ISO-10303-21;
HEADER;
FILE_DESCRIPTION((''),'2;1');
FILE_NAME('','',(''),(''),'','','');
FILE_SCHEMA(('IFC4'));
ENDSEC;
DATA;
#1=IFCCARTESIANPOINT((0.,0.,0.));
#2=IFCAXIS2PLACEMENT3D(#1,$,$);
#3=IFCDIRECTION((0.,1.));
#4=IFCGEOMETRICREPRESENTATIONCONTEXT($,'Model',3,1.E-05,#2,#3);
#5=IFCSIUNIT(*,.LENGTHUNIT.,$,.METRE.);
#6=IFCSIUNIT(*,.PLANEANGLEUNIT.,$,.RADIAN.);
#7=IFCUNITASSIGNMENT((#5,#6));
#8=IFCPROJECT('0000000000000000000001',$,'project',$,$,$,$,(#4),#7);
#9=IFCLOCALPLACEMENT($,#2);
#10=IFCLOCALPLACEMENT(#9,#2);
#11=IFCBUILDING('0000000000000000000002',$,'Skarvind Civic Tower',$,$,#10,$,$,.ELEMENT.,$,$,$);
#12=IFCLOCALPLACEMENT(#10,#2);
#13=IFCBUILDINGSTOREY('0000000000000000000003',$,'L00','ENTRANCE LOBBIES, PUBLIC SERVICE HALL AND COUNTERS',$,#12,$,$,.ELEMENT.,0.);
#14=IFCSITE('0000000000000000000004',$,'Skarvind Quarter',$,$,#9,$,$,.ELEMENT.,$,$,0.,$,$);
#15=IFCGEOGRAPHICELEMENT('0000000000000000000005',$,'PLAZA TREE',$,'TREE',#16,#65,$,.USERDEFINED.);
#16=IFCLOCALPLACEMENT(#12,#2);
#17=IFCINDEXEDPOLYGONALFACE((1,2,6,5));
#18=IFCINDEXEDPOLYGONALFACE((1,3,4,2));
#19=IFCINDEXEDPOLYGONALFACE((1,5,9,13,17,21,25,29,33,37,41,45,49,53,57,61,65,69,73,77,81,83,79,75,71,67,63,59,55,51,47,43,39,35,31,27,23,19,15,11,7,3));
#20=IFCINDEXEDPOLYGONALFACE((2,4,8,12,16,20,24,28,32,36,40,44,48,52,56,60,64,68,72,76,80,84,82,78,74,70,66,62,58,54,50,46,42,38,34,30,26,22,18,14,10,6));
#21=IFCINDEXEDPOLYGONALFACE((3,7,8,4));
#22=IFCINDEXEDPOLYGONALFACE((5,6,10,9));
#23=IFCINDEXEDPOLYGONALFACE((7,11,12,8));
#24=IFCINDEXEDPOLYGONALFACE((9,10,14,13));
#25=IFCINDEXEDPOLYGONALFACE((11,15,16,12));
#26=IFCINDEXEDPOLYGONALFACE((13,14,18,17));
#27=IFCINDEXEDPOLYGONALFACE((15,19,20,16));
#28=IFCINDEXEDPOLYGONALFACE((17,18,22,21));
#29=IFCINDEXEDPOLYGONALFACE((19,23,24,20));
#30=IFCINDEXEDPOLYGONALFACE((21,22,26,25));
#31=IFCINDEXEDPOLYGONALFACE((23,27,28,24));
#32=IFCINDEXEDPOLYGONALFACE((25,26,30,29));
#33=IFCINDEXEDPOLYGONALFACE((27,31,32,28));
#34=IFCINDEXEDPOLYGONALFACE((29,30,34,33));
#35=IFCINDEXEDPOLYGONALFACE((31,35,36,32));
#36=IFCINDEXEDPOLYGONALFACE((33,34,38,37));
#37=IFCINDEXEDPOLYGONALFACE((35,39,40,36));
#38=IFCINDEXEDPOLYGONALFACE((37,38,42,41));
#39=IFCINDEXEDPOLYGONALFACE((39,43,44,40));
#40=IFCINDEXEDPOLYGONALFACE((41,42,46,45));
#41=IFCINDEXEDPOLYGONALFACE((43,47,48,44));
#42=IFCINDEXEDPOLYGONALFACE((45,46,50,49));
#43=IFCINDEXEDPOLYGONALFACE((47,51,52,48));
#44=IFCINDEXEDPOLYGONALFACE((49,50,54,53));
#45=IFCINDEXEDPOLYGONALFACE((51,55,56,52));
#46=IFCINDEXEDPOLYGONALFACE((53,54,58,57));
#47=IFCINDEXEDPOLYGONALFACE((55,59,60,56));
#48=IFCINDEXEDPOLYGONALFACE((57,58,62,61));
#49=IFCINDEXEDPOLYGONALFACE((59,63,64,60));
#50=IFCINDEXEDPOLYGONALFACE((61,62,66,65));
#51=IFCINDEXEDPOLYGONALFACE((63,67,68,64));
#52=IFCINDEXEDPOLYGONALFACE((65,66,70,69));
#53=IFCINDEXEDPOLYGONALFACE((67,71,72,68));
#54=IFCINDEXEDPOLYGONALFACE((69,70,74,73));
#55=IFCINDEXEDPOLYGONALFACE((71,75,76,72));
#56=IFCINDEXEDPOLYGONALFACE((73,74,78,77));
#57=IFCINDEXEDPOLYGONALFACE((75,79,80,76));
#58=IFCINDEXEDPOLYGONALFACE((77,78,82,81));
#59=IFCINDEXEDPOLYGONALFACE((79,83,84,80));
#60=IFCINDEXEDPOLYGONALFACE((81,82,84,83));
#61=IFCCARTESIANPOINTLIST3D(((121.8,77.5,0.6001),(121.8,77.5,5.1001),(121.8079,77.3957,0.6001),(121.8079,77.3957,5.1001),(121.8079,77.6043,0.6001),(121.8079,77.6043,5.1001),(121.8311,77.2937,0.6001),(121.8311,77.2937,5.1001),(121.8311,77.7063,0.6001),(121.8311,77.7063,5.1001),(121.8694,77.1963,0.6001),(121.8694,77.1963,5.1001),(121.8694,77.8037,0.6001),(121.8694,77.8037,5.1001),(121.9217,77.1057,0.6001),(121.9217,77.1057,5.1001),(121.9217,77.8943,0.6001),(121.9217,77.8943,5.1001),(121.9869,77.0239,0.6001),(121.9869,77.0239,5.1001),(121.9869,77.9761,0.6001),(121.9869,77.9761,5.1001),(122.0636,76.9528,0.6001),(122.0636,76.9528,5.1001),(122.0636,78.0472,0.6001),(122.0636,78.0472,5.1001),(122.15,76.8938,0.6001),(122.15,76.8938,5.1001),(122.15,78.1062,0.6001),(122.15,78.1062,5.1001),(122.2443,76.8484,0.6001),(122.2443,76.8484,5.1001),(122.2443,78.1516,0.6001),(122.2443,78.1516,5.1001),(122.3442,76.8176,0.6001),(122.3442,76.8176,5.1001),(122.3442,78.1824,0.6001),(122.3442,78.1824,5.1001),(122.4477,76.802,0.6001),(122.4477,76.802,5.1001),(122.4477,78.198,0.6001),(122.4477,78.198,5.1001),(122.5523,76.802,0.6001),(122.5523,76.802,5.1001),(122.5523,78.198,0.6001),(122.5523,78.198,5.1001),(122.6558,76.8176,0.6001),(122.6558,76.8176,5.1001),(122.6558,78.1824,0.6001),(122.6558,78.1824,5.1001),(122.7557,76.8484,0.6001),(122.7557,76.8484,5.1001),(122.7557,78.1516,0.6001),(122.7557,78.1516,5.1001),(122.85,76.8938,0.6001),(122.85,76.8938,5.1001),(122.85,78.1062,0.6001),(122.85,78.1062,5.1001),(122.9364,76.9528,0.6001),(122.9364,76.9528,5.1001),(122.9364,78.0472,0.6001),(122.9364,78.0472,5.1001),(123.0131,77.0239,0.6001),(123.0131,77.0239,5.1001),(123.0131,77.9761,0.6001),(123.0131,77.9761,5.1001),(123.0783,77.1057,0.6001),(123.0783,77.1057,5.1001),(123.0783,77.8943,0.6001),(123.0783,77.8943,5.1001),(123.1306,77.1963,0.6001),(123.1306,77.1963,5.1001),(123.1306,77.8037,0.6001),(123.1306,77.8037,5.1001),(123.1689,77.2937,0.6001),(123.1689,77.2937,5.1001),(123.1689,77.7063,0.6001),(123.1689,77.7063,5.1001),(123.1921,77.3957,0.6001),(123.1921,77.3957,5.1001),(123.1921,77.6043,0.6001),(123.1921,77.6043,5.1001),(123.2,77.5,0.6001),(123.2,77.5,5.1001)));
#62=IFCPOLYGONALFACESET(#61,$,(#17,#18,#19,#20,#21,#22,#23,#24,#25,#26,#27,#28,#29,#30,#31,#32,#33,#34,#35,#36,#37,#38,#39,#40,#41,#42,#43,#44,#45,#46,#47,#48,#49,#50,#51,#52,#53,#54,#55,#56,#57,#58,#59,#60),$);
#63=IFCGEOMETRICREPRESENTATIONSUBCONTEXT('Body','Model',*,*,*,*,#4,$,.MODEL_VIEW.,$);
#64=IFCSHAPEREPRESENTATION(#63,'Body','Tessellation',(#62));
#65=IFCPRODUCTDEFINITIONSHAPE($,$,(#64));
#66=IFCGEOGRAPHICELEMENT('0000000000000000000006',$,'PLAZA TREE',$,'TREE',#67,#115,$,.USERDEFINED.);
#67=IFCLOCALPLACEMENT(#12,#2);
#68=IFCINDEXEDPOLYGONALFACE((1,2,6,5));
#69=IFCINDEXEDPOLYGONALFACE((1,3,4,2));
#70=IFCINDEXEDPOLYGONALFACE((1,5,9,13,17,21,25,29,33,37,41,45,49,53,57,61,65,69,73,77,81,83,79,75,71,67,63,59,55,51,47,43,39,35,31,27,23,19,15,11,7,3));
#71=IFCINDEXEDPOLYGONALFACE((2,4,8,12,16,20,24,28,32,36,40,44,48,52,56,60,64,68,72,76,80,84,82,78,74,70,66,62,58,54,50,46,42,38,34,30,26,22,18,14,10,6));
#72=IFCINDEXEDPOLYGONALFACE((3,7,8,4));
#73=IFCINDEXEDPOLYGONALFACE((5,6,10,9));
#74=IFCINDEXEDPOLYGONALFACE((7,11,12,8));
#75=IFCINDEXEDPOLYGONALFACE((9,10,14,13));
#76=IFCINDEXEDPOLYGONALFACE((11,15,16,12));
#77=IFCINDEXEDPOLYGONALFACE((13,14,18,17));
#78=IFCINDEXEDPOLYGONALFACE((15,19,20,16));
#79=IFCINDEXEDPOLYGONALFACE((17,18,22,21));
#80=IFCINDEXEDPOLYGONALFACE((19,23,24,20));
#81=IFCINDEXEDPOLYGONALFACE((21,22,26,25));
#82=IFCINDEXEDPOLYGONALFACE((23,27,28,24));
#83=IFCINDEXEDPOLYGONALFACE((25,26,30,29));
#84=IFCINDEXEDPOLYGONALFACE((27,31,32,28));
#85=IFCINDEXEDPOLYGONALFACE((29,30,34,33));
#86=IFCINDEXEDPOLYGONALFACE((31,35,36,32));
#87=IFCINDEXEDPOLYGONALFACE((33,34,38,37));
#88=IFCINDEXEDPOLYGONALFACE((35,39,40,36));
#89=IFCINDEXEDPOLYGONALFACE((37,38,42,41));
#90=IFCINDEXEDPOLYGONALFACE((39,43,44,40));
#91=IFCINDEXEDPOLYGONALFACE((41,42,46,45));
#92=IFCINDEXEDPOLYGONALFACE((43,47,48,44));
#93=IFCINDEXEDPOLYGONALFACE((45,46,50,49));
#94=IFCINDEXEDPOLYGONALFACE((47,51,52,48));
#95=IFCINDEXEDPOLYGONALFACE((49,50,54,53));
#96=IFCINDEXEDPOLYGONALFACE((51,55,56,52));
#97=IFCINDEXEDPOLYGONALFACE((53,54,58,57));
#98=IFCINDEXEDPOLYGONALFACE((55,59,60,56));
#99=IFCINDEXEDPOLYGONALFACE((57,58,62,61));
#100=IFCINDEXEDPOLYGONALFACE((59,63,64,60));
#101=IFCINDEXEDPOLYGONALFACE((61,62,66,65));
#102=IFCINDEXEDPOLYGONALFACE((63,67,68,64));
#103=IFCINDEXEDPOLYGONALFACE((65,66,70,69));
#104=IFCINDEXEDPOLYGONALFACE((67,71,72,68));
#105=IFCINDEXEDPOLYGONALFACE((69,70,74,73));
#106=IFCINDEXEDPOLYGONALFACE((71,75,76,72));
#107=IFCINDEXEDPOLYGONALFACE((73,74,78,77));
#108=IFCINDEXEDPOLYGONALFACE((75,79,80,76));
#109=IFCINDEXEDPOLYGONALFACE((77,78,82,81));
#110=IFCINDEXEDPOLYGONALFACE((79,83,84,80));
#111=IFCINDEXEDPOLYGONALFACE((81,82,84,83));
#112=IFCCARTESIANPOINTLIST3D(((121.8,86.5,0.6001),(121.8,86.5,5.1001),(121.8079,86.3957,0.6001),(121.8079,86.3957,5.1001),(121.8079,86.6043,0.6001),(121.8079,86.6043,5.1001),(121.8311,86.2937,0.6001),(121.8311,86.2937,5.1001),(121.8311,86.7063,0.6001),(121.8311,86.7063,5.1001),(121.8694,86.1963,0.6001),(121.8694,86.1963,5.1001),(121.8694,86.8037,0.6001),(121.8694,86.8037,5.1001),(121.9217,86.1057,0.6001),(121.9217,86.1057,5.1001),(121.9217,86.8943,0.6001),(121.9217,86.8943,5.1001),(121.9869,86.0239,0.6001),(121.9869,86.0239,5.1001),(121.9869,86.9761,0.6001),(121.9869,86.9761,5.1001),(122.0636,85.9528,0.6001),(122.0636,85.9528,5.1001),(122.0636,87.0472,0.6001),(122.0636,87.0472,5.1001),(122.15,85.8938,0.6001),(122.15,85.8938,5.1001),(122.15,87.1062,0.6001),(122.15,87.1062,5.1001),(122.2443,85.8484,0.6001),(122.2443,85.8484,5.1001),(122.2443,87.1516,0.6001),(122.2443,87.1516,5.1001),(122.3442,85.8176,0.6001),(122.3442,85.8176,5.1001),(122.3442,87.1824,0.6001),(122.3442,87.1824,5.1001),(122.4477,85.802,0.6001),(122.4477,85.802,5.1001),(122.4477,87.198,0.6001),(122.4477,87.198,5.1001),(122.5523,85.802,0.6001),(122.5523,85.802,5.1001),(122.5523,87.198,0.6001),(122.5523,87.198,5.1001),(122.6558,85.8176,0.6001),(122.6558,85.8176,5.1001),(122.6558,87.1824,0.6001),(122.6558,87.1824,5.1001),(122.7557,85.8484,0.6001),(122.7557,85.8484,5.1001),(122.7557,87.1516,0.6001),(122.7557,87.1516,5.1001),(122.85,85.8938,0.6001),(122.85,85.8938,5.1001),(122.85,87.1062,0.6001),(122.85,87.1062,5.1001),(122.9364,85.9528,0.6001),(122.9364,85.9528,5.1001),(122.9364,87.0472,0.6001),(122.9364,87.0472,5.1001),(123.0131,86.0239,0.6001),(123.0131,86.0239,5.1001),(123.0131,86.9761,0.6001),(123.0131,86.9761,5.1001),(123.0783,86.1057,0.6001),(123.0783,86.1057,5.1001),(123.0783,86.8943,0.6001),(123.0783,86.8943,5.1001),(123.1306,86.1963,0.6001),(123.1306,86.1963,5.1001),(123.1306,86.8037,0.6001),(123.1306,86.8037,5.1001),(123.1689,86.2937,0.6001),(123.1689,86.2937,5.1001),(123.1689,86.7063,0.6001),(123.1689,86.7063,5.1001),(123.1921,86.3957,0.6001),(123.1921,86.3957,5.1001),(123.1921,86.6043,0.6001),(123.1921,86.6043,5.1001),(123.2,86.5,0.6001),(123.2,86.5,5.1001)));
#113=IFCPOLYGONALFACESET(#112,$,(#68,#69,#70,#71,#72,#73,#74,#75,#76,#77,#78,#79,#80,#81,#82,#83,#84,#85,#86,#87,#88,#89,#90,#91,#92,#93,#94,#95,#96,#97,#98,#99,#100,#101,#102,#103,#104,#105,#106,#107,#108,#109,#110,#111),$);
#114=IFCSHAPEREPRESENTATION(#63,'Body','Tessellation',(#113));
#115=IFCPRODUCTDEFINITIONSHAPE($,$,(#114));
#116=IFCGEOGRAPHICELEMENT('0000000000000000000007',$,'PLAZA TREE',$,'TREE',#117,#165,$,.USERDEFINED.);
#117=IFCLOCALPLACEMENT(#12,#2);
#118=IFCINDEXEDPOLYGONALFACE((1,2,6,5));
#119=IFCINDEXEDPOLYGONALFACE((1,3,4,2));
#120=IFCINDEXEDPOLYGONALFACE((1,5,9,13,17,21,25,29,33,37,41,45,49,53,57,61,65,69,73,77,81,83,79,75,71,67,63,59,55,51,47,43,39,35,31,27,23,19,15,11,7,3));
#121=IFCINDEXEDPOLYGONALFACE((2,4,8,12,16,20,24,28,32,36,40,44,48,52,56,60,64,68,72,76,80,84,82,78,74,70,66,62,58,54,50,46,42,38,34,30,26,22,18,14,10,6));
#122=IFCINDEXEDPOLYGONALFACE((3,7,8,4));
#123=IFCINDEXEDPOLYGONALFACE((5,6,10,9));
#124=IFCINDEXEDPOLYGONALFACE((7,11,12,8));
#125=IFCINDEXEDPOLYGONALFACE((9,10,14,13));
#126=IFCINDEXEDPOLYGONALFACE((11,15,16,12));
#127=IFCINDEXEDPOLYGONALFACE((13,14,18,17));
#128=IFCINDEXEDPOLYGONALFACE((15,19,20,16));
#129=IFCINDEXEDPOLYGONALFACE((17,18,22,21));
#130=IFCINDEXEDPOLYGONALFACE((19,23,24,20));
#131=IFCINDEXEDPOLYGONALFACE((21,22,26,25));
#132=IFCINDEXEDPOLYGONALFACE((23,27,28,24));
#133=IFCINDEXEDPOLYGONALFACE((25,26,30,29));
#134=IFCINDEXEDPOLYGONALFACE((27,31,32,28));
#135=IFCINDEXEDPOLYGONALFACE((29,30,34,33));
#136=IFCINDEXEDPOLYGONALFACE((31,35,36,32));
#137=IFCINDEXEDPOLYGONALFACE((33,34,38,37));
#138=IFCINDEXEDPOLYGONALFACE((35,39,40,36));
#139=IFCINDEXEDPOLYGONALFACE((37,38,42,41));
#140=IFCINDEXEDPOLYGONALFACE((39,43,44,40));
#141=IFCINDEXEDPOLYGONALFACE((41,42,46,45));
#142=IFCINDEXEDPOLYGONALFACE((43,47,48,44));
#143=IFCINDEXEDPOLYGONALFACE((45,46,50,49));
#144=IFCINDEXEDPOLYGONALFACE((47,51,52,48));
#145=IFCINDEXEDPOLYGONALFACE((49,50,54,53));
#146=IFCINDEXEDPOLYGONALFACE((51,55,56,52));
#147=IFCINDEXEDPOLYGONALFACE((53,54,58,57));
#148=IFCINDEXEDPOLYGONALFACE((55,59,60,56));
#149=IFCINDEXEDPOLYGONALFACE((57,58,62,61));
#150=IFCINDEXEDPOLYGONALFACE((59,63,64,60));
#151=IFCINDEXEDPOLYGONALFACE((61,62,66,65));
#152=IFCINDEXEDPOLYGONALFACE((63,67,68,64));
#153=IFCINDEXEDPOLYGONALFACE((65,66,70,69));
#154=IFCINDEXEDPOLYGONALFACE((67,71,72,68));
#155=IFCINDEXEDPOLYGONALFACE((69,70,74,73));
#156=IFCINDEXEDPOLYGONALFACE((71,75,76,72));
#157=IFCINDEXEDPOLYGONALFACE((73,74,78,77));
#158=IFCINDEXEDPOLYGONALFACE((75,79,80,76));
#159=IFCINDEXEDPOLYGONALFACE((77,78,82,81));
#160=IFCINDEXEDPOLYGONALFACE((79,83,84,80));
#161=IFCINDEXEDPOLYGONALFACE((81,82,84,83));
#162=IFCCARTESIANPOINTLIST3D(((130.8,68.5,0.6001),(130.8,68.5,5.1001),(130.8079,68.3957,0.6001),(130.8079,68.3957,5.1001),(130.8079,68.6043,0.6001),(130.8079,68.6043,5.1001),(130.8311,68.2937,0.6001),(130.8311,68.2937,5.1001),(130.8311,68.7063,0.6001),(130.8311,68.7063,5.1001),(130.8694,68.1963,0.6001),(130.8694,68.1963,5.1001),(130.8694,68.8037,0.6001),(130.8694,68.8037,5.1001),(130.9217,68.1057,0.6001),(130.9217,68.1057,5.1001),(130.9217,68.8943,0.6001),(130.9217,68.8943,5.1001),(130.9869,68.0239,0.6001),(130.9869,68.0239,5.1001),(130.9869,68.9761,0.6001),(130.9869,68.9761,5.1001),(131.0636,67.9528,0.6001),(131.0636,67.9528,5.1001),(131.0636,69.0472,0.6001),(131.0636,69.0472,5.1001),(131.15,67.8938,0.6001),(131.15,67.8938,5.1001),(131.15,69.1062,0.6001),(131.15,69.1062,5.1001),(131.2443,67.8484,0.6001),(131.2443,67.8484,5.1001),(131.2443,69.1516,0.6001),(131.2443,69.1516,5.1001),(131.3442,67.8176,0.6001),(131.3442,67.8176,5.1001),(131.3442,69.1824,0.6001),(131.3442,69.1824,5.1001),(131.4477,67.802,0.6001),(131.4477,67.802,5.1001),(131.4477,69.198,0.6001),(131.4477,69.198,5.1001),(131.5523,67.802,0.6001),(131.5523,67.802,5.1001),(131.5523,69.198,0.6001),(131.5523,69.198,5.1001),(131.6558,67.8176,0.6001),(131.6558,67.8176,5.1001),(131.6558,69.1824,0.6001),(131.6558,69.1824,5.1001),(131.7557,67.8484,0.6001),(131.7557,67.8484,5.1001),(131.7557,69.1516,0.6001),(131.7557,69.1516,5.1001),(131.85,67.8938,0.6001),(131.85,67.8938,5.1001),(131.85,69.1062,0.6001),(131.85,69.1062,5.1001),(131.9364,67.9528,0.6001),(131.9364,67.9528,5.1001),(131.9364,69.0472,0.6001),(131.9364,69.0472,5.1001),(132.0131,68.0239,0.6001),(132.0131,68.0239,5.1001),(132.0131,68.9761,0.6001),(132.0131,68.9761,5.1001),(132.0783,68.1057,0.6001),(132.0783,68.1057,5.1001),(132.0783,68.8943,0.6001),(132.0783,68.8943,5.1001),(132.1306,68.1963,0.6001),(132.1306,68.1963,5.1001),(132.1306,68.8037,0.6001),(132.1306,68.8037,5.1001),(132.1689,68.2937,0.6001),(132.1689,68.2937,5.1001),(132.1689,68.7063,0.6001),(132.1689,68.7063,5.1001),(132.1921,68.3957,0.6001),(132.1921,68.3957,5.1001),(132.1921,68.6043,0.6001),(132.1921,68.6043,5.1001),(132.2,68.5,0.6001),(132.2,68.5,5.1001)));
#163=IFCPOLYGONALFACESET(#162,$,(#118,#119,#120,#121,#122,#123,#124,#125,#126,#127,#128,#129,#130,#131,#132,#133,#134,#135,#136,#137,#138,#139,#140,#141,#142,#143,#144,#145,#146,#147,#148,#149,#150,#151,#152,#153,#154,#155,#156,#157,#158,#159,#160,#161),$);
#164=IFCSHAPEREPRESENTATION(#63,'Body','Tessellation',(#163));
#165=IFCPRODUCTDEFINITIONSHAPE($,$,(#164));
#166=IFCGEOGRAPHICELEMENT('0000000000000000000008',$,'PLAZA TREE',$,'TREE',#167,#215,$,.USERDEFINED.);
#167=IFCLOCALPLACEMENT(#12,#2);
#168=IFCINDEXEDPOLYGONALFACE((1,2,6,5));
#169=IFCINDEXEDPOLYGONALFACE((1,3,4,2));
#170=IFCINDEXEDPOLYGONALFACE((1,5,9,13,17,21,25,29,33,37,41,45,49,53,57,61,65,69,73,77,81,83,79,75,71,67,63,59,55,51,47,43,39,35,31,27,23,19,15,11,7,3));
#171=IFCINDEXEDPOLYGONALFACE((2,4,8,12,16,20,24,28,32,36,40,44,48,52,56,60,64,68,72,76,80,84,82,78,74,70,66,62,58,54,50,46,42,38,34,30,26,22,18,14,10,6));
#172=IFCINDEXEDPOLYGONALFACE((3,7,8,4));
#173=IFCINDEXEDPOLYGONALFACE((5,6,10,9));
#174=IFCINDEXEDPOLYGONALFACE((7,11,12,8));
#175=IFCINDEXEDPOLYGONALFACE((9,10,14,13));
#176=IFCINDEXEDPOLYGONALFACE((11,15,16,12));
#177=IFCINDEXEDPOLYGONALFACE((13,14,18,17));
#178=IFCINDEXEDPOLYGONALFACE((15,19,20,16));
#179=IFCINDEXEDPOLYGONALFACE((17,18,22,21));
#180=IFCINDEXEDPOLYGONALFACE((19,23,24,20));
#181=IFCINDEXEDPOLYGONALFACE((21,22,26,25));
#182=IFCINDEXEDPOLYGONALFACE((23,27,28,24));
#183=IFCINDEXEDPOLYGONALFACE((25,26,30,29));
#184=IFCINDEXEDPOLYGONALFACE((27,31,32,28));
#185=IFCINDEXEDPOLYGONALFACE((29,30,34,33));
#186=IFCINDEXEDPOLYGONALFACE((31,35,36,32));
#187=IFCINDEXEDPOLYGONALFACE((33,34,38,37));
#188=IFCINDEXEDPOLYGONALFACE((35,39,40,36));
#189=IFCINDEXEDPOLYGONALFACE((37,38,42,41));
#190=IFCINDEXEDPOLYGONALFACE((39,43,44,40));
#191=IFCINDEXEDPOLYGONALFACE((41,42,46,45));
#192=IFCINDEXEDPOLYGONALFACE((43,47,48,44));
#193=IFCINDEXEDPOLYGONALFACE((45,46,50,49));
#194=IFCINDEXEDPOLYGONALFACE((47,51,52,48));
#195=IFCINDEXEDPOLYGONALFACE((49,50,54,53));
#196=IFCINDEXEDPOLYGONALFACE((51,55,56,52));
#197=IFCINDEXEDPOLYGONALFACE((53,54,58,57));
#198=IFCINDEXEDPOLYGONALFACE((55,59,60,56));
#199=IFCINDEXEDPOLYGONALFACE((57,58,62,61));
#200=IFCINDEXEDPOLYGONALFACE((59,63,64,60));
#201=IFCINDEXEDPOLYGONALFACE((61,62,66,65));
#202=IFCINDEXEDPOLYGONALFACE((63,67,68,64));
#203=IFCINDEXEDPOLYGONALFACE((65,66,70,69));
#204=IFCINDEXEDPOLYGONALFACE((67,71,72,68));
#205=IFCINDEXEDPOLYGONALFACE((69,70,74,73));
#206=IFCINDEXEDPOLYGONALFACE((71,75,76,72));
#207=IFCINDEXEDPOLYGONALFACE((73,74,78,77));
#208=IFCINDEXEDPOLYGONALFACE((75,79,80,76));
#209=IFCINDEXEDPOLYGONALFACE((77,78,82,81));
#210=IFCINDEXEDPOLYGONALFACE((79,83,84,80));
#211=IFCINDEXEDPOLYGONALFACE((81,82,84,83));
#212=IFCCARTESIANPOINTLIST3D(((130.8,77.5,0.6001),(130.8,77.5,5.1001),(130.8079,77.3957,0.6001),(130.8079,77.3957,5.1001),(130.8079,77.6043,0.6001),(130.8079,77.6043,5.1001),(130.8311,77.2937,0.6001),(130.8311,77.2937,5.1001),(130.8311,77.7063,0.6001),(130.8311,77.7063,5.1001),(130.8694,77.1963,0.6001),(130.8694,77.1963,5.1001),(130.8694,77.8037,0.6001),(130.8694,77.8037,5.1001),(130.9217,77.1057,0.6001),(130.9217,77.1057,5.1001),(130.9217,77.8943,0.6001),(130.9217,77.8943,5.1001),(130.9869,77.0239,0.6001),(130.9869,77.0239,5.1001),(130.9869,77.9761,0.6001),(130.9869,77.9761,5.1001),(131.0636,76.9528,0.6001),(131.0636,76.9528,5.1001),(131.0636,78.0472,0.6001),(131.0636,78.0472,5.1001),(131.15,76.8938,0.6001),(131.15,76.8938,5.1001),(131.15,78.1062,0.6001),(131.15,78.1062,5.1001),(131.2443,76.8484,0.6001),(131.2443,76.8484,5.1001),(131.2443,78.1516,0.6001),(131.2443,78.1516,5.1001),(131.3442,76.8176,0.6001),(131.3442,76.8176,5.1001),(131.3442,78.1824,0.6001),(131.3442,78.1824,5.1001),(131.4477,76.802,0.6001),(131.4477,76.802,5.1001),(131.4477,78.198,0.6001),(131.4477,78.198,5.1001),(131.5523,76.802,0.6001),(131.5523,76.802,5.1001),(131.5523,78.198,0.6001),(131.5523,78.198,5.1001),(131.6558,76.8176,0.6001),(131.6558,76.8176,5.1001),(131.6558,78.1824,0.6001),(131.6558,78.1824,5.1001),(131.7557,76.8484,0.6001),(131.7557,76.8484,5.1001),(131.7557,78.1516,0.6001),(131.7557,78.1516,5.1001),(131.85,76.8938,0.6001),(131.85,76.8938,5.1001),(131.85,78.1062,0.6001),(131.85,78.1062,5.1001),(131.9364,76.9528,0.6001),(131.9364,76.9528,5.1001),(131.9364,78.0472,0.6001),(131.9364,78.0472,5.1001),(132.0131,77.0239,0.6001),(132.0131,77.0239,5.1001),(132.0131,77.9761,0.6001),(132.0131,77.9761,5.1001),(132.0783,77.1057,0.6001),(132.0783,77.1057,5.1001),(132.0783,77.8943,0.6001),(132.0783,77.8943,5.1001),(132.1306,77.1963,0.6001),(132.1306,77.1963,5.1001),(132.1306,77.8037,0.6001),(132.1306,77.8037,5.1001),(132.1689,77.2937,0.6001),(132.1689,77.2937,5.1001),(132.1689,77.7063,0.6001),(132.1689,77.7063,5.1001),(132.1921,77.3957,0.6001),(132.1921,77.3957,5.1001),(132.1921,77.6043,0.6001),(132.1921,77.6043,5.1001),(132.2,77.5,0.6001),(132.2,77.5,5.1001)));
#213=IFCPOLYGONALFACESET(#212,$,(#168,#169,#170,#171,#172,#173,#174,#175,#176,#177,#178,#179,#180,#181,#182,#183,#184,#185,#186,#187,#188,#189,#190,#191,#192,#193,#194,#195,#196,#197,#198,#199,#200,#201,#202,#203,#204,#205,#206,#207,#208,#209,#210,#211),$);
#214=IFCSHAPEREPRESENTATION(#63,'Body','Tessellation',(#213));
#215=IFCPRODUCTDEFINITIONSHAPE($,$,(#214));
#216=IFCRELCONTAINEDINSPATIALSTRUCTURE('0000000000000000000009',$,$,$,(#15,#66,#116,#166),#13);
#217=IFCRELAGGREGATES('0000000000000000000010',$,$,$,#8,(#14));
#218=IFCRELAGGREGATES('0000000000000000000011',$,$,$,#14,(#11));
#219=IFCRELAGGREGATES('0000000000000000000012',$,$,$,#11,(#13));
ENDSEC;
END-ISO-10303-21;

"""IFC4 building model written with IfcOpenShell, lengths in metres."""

from ifc_helpers import new_model, si_unit, direction, frame, origin, origin_2d, place, context, subcontext, project, spatial, circle, extrude, element, save


model = new_model("IFC4")

# Units and contexts
model_context = context("Model", 3, precision=1e-05, world=origin(), true_north=direction((0.0, 1.0)))
body_context = subcontext(model_context, "Body", "Model", "MODEL_VIEW")
ifc_project = project(units=[si_unit("LENGTHUNIT", "METRE"), si_unit("PLANEANGLEUNIT", "RADIAN")], contexts=[model_context])

# Site, building, storey
site_placement = place(None, origin())
site = spatial("IfcSite", under=ifc_project, at=site_placement, Name="Skarvind Quarter", CompositionType="ELEMENT", RefElevation=0.0)
building_placement = place(site_placement, origin())
building = spatial("IfcBuilding", under=site, at=building_placement, Name="Skarvind Civic Tower", CompositionType="ELEMENT")
storey_placement = place(building_placement, origin())
storey = spatial("IfcBuildingStorey", under=building, at=storey_placement, Name="L00", Description="ENTRANCE LOBBIES, PUBLIC SERVICE HALL AND COUNTERS", CompositionType="ELEMENT", Elevation=0.0)

# Geographic elements
for number, where, z_axis, x_axis, name in (
    (1, (122.5, 77.5, 0.6001), (0.0, 0.0, 1.0), (1.0, 0.0, 0.0), "PLAZA TREE"),
    (2, (122.5, 86.5, 0.6001), (0.0, 0.0, 1.0), (1.0, 0.0, 0.0), "PLAZA TREE"),
    (3, (131.5, 68.5, 0.6001), (0.0, 0.0, 1.0), (1.0, 0.0, 0.0), "PLAZA TREE"),
    (4, (131.5, 77.5, 0.6001), (0.0, 0.0, 1.0), (1.0, 0.0, 0.0), "PLAZA TREE"),
):
    element("IfcGeographicElement", number, at=place(storey_placement, frame(where, z_axis=z_axis, x_axis=x_axis)), inside=storey, Name=name, ObjectType="TREE", PredefinedType="USERDEFINED", context=body_context, shape_type="SweptSolid", body=[
        extrude(circle(Radius=0.7, at=origin_2d()), origin(), (0.0, 0.0, 1.0), 4.5),
    ])

save(model, "model.ifc")
